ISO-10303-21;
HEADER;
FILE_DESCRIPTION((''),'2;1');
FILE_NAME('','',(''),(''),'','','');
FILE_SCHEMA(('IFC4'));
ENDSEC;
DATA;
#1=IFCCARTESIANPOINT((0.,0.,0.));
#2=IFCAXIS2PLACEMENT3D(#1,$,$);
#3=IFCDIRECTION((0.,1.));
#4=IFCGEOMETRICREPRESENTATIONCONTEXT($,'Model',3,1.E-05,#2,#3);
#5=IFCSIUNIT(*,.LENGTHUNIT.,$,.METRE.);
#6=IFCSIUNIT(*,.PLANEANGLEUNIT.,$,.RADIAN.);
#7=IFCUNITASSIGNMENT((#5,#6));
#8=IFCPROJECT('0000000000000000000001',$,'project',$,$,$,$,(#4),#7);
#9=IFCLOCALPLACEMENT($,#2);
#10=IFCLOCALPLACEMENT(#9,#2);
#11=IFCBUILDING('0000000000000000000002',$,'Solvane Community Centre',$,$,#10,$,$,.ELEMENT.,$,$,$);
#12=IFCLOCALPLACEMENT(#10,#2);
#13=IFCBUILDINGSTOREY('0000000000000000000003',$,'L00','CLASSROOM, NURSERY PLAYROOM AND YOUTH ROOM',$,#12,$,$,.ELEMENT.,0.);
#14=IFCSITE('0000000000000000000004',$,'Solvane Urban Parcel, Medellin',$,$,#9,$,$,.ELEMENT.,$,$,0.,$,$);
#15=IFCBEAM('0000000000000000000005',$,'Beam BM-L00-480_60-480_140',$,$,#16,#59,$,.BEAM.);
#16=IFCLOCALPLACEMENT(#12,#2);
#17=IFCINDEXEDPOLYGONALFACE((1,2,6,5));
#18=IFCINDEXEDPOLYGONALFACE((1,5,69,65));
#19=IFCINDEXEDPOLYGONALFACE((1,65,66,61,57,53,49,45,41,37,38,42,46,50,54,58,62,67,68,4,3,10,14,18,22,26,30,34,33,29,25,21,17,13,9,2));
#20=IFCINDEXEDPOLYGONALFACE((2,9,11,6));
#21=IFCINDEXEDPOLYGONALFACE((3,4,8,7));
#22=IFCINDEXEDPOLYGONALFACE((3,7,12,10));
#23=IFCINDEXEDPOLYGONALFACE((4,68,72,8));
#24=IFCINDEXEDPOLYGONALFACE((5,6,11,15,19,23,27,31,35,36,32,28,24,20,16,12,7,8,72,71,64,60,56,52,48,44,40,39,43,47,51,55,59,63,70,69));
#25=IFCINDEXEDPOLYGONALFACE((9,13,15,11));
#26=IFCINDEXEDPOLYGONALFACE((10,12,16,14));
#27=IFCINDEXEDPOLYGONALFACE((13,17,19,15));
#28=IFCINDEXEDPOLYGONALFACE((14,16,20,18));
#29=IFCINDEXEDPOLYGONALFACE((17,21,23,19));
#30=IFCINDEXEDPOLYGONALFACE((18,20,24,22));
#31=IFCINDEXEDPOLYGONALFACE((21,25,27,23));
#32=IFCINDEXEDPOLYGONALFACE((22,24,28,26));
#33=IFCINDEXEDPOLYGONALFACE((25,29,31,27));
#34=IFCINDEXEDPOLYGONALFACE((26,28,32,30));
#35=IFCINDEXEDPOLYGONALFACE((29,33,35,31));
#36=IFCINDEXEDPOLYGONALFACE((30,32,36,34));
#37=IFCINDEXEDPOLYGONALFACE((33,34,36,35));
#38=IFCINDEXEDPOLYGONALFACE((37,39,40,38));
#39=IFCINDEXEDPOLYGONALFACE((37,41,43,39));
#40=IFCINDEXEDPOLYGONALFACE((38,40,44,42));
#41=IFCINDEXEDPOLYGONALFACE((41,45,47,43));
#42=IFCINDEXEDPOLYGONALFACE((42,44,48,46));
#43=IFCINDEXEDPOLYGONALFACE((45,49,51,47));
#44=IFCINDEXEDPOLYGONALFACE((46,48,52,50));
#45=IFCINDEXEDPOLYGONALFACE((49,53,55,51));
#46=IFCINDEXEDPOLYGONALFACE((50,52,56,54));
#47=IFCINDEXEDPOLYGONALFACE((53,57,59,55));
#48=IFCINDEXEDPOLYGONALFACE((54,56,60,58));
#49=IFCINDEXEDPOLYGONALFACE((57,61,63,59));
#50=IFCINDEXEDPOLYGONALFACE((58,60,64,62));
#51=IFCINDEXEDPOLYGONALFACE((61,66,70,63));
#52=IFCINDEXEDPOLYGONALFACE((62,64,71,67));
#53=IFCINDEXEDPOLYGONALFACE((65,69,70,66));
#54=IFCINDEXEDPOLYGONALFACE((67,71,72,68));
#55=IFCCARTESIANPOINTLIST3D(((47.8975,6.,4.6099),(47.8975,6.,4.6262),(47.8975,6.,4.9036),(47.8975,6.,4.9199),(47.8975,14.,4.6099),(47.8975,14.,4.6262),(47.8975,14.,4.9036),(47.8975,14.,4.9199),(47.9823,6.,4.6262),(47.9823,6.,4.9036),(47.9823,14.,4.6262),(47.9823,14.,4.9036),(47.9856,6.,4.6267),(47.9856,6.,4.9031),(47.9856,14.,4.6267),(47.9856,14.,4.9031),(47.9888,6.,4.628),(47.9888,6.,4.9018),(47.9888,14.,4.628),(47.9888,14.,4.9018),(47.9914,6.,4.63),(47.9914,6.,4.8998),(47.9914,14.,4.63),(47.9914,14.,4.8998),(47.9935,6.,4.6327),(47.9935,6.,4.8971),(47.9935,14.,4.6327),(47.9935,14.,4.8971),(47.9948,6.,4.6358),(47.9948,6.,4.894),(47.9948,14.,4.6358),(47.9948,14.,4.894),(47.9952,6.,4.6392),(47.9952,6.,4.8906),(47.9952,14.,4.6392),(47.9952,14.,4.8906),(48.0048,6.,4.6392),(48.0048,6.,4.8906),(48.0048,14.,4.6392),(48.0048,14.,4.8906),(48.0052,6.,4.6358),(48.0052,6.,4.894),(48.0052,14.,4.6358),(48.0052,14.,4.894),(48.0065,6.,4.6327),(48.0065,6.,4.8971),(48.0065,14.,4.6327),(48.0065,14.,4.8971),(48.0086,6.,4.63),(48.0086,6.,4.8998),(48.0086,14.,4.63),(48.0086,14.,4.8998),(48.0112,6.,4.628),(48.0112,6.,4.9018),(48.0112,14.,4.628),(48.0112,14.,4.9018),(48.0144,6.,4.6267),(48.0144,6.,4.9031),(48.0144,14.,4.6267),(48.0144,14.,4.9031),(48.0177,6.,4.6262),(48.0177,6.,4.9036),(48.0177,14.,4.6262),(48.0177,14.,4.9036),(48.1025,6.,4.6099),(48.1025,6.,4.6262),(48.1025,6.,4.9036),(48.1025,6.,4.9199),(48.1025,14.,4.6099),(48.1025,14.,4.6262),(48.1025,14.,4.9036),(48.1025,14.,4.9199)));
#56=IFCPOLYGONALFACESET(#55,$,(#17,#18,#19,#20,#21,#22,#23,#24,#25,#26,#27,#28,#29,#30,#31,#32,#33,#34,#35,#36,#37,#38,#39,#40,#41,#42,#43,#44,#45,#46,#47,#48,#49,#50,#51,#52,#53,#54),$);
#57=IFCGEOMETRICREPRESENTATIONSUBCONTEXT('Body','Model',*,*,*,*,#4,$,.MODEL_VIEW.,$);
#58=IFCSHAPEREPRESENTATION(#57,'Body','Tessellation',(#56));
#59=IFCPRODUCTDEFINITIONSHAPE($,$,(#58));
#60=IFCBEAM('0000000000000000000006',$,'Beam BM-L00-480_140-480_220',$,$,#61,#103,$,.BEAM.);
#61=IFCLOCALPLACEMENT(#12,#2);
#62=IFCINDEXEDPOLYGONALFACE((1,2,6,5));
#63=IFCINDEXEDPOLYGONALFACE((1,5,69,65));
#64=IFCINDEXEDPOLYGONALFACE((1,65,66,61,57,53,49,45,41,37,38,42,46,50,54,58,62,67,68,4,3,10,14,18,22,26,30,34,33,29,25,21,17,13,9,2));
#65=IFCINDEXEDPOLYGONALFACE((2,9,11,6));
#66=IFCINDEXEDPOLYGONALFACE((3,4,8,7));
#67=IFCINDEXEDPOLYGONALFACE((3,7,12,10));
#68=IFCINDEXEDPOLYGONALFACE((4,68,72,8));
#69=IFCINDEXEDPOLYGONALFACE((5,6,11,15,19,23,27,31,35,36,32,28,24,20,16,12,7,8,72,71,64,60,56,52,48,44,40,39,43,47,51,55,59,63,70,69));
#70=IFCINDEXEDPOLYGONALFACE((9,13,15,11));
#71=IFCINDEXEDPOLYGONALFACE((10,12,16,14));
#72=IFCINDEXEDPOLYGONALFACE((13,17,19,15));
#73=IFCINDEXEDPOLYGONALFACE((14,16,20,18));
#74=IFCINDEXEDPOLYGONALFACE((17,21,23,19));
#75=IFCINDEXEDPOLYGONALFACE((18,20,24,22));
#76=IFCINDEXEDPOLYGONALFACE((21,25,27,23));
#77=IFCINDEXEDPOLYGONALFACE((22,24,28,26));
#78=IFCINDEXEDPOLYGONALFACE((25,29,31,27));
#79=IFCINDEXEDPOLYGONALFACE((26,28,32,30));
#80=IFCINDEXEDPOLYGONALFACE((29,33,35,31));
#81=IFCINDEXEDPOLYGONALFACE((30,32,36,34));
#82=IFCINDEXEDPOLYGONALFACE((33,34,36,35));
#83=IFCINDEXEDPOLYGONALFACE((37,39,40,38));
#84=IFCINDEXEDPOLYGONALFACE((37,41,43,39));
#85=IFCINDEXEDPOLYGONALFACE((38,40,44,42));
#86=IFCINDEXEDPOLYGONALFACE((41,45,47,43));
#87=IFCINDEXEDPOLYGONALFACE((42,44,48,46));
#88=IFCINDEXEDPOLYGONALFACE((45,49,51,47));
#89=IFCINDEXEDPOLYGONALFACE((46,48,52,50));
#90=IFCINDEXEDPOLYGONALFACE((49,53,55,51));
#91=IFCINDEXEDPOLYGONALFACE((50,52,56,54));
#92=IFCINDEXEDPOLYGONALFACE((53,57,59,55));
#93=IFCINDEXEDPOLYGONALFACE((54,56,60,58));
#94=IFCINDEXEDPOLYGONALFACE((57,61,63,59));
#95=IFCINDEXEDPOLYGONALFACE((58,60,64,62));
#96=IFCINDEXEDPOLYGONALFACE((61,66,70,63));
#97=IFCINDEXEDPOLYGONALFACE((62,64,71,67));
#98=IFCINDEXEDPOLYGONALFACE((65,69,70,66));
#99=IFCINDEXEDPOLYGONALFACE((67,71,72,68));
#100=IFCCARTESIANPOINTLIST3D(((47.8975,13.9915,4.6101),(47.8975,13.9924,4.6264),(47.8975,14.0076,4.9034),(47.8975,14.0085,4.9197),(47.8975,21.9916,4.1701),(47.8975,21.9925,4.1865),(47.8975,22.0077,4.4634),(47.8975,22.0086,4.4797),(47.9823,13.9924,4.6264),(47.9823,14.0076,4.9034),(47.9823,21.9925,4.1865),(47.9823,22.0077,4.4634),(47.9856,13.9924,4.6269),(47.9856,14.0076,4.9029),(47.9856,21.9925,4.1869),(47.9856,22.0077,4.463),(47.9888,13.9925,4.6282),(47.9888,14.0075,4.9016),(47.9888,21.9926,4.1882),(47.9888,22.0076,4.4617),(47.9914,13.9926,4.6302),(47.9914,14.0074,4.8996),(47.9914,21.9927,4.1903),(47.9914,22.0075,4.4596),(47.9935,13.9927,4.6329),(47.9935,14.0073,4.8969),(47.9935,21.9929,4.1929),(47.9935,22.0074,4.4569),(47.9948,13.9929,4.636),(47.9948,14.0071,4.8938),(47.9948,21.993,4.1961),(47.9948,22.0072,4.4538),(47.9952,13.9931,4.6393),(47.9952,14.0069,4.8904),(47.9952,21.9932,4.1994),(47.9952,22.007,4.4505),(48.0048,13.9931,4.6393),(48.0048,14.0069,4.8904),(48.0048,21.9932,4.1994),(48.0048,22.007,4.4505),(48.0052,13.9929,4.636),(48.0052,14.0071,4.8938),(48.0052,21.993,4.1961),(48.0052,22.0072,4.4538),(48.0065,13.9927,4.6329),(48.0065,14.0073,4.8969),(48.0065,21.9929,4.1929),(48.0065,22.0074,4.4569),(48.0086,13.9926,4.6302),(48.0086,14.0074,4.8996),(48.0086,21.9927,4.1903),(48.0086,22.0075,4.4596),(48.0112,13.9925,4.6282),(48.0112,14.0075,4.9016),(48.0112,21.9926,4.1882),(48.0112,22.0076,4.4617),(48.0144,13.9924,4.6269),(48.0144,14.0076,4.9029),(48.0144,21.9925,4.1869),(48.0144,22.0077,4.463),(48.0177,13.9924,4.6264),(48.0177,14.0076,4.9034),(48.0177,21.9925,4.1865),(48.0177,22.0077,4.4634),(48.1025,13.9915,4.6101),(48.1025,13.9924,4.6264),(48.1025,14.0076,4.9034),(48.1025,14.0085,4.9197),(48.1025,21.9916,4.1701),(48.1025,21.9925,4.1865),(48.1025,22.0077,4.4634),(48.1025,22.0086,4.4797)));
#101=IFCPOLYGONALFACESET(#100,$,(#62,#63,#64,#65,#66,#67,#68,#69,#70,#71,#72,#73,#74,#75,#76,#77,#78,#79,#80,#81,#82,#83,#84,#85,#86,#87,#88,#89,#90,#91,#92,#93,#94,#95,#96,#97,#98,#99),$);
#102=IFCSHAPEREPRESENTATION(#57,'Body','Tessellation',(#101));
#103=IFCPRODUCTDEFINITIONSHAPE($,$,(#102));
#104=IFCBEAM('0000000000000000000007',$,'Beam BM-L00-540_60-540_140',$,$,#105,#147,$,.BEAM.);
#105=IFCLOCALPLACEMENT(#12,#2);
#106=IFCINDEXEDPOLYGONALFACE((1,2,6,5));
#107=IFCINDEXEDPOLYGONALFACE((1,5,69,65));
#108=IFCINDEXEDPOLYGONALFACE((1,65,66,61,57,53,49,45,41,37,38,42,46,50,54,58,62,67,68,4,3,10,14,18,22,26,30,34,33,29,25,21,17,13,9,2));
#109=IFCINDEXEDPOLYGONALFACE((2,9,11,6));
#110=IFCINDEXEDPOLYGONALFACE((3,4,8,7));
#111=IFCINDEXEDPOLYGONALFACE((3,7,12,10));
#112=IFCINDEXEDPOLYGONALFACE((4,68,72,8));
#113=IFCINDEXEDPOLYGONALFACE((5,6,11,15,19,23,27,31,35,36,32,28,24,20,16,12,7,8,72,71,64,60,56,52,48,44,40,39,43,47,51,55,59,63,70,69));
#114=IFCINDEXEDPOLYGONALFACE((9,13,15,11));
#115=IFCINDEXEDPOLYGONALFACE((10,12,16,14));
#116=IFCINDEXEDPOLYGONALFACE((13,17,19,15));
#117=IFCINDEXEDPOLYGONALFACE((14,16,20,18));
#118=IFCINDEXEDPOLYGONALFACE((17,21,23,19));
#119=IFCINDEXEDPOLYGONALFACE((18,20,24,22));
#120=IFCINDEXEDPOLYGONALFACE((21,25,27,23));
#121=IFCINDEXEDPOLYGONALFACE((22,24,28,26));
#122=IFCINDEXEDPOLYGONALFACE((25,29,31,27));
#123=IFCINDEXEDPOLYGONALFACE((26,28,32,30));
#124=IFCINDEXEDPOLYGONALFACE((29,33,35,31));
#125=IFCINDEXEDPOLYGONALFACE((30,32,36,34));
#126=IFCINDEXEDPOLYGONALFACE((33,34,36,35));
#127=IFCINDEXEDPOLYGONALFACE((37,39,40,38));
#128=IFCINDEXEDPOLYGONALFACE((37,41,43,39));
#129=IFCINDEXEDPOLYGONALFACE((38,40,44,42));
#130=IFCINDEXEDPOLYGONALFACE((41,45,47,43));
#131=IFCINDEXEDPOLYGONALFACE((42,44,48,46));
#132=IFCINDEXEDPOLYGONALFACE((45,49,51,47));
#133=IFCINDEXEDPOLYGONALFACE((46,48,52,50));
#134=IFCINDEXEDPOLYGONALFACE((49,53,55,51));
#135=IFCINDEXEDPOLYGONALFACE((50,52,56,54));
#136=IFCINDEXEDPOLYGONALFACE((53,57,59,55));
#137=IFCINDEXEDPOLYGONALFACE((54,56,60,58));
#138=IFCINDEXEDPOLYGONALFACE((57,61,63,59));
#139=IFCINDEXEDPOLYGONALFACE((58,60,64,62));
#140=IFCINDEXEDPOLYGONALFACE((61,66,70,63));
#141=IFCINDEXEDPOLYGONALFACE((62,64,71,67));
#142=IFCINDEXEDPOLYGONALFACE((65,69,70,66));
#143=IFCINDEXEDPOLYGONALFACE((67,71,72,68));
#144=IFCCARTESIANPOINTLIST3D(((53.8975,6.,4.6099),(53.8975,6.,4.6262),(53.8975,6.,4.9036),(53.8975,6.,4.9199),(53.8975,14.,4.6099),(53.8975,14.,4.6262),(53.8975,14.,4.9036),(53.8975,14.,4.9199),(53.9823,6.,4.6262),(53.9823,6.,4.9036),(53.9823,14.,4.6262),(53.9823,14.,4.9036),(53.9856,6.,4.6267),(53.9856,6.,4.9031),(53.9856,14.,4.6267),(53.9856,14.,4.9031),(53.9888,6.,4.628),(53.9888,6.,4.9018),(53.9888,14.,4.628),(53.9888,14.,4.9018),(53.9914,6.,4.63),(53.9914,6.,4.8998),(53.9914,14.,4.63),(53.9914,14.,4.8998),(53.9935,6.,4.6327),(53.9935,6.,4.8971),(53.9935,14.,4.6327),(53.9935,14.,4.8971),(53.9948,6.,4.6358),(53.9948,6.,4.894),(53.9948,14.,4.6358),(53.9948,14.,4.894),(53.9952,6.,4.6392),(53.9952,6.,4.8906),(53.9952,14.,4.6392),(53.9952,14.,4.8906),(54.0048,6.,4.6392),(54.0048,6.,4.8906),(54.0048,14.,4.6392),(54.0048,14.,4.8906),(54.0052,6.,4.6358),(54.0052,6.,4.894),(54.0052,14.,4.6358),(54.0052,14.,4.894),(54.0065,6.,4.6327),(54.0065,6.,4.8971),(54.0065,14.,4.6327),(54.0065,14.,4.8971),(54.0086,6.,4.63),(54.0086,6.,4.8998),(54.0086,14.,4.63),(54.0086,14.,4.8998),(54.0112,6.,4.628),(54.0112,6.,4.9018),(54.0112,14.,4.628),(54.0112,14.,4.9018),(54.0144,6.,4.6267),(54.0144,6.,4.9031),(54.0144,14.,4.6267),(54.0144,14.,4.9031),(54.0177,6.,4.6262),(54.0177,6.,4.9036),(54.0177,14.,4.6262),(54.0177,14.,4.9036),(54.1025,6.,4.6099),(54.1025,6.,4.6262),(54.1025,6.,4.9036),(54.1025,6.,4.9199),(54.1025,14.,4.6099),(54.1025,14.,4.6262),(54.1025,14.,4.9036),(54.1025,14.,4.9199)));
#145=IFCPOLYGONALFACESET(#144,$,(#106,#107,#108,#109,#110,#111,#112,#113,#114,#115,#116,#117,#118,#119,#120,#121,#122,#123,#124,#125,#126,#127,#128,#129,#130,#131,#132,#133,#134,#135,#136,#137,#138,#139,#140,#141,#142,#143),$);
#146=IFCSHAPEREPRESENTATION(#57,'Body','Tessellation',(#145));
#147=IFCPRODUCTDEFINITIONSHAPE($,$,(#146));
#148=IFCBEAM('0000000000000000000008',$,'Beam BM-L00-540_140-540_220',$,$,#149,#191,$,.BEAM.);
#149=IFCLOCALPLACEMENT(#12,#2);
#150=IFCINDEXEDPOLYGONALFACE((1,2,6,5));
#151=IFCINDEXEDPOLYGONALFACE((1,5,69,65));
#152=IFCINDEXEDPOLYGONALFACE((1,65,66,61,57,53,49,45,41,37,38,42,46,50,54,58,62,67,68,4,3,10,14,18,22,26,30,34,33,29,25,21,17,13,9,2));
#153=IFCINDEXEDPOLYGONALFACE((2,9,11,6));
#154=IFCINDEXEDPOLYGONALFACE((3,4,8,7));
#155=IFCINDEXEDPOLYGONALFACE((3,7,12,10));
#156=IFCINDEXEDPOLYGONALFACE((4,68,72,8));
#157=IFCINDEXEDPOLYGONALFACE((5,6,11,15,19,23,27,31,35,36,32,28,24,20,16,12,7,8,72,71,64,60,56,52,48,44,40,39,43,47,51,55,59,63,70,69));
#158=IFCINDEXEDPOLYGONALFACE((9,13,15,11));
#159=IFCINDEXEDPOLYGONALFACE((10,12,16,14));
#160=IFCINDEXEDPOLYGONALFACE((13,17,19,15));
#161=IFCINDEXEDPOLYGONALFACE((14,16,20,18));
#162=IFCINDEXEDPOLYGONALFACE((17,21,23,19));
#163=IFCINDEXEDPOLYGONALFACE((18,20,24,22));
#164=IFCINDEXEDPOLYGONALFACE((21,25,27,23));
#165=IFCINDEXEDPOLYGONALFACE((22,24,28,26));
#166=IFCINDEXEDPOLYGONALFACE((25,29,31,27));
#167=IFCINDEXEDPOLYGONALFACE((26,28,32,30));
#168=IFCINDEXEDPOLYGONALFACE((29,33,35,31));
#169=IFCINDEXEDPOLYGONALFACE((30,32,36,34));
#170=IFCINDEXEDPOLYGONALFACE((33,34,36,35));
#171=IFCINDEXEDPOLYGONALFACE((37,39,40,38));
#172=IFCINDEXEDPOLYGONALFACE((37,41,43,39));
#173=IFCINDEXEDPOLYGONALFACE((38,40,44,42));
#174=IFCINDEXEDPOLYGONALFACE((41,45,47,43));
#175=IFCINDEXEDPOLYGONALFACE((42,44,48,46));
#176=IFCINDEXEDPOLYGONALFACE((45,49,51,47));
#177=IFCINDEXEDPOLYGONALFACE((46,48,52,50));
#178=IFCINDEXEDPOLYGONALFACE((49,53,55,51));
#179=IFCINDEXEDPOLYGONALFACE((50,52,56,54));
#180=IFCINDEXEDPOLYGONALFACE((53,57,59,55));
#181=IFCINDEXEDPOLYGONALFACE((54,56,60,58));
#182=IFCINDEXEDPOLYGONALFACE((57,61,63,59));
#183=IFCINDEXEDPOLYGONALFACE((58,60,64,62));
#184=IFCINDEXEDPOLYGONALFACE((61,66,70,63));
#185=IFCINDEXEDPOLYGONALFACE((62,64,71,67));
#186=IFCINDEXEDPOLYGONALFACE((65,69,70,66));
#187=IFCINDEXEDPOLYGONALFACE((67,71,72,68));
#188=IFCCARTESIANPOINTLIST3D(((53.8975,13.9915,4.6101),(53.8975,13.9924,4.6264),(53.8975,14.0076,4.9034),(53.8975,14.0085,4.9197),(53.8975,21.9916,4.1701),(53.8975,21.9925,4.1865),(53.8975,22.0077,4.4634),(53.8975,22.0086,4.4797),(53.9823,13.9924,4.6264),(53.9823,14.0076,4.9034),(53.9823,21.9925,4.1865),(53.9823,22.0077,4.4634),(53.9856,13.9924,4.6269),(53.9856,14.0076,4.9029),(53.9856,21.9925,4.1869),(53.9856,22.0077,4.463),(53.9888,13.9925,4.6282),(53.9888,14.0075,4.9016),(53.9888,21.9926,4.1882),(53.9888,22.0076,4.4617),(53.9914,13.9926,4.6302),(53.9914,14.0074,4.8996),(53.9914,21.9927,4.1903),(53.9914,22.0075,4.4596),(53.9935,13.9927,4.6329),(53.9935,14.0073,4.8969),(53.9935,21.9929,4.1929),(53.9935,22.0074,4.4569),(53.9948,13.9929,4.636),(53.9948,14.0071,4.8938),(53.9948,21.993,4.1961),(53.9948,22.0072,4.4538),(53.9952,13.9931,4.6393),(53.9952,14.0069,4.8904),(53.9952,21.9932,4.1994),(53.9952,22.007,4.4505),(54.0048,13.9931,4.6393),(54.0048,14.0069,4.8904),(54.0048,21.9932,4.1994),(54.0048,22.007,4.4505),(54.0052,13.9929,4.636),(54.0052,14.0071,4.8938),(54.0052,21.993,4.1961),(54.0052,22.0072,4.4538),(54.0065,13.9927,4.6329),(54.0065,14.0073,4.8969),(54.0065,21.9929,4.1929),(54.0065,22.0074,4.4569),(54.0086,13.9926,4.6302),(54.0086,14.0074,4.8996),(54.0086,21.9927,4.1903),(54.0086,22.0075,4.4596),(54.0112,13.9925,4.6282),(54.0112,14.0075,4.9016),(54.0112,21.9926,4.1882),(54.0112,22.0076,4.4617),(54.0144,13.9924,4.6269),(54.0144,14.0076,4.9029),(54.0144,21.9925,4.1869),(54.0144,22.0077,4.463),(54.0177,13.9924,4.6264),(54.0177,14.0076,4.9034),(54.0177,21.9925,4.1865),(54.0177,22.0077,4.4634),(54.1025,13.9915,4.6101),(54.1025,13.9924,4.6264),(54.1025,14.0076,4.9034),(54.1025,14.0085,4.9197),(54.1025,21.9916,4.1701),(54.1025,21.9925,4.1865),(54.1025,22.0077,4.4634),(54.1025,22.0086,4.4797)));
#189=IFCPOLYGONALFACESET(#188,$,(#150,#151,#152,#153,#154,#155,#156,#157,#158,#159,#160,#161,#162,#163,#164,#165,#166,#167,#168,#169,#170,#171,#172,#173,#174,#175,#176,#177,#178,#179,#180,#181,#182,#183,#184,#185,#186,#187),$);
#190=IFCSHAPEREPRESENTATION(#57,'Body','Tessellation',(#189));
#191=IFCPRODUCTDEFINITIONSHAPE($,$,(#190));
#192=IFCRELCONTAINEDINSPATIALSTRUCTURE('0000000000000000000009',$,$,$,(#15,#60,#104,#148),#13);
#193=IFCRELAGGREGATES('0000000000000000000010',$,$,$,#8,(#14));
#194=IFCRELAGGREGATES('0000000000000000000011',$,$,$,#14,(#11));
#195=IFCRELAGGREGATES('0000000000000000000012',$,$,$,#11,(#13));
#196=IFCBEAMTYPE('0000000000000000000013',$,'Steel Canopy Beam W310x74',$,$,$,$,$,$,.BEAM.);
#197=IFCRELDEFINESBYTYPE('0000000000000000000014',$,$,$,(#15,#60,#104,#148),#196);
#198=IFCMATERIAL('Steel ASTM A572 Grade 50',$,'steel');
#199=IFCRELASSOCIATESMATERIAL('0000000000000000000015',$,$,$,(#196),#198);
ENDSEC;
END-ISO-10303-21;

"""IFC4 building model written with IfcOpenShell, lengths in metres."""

from ifc_helpers import new_model, si_unit, direction, frame, origin, origin_2d, place, context, subcontext, project, spatial, i_section, extrude, material, material_profile, profile_set, type_object, element, save


model = new_model("IFC4")

# Units and contexts
model_context = context("Model", 3, precision=1e-05, world=origin(), true_north=direction((0.0, 1.0)))
body_context = subcontext(model_context, "Body", "Model", "MODEL_VIEW")
ifc_project = project(units=[si_unit("LENGTHUNIT", "METRE"), si_unit("PLANEANGLEUNIT", "RADIAN")], contexts=[model_context])

# Site, building, storey
site_placement = place(None, origin())
site = spatial("IfcSite", under=ifc_project, at=site_placement, Name="Solvane Urban Parcel, Medellin", CompositionType="ELEMENT", RefElevation=0.0)
building_placement = place(site_placement, origin())
building = spatial("IfcBuilding", under=site, at=building_placement, Name="Solvane Community Centre", CompositionType="ELEMENT")
storey_placement = place(building_placement, origin())
storey = spatial("IfcBuildingStorey", under=building, at=storey_placement, Name="L00", Description="CLASSROOM, NURSERY PLAYROOM AND YOUTH ROOM", CompositionType="ELEMENT", Elevation=0.0)

# Beams
ifc_material_1 = material(Name="Steel ASTM A572 Grade 50", Category="steel")
ifc_material_profile_1 = material_profile(ifc_material_1, i_section(OverallWidth=0.2051, OverallDepth=0.3101, WebThickness=0.0095, FlangeThickness=0.0164, FilletRadius=0.0129, at=origin_2d()), Name="W310x74")
ifc_profile_set_1 = profile_set([ifc_material_profile_1], Name="Steel ASTM A572 Grade 50")
beam_type_1 = type_object("IfcBeamType", Name="Steel Canopy Beam W310x74", PredefinedType="BEAM", material=ifc_profile_set_1)
beam_1_placement = place(storey_placement, frame((48.0, 6.0, 4.7649), z_axis=(0.0, 1.0, 0.0), x_axis=(-1.0, 0.0, 0.0)))
element("IfcBeam", 1, at=beam_1_placement, inside=storey, type_object=beam_type_1, Name="Beam BM-L00-480_60-480_140", PredefinedType="BEAM", context=body_context, shape_type="SweptSolid", body=[
    extrude(i_section(OverallWidth=0.2051, OverallDepth=0.3101, WebThickness=0.0095, FlangeThickness=0.0164, FilletRadius=0.0129, at=origin_2d()), origin(), (0.0, 0.0, 1.0), 8.0),
])
beam_2_placement = place(storey_placement, frame((48.0, 14.0, 4.7649), z_axis=(0.0, 0.998491, -0.05491), x_axis=(-1.0, 0.0, 0.0)))
element("IfcBeam", 2, at=beam_2_placement, inside=storey, type_object=beam_type_1, Name="Beam BM-L00-480_140-480_220", PredefinedType="BEAM", context=body_context, shape_type="SweptSolid", body=[
    extrude(i_section(OverallWidth=0.2051, OverallDepth=0.3101, WebThickness=0.0095, FlangeThickness=0.0164, FilletRadius=0.0129, at=origin_2d()), origin(), (0.0, 0.0, 1.0), 8.0122),
])
beam_3_placement = place(storey_placement, frame((54.0, 6.0, 4.7649), z_axis=(0.0, 1.0, 0.0), x_axis=(-1.0, 0.0, 0.0)))
element("IfcBeam", 3, at=beam_3_placement, inside=storey, type_object=beam_type_1, Name="Beam BM-L00-540_60-540_140", PredefinedType="BEAM", context=body_context, shape_type="SweptSolid", body=[
    extrude(i_section(OverallWidth=0.2051, OverallDepth=0.3101, WebThickness=0.0095, FlangeThickness=0.0164, FilletRadius=0.0129, at=origin_2d()), origin(), (0.0, 0.0, 1.0), 8.0),
])
beam_4_placement = place(storey_placement, frame((54.0, 14.0, 4.7649), z_axis=(0.0, 0.998491, -0.05491), x_axis=(-1.0, 0.0, 0.0)))
element("IfcBeam", 4, at=beam_4_placement, inside=storey, type_object=beam_type_1, Name="Beam BM-L00-540_140-540_220", PredefinedType="BEAM", context=body_context, shape_type="SweptSolid", body=[
    extrude(i_section(OverallWidth=0.2051, OverallDepth=0.3101, WebThickness=0.0095, FlangeThickness=0.0164, FilletRadius=0.0129, at=origin_2d()), origin(), (0.0, 0.0, 1.0), 8.0122),
])

save(model, "model.ifc")
